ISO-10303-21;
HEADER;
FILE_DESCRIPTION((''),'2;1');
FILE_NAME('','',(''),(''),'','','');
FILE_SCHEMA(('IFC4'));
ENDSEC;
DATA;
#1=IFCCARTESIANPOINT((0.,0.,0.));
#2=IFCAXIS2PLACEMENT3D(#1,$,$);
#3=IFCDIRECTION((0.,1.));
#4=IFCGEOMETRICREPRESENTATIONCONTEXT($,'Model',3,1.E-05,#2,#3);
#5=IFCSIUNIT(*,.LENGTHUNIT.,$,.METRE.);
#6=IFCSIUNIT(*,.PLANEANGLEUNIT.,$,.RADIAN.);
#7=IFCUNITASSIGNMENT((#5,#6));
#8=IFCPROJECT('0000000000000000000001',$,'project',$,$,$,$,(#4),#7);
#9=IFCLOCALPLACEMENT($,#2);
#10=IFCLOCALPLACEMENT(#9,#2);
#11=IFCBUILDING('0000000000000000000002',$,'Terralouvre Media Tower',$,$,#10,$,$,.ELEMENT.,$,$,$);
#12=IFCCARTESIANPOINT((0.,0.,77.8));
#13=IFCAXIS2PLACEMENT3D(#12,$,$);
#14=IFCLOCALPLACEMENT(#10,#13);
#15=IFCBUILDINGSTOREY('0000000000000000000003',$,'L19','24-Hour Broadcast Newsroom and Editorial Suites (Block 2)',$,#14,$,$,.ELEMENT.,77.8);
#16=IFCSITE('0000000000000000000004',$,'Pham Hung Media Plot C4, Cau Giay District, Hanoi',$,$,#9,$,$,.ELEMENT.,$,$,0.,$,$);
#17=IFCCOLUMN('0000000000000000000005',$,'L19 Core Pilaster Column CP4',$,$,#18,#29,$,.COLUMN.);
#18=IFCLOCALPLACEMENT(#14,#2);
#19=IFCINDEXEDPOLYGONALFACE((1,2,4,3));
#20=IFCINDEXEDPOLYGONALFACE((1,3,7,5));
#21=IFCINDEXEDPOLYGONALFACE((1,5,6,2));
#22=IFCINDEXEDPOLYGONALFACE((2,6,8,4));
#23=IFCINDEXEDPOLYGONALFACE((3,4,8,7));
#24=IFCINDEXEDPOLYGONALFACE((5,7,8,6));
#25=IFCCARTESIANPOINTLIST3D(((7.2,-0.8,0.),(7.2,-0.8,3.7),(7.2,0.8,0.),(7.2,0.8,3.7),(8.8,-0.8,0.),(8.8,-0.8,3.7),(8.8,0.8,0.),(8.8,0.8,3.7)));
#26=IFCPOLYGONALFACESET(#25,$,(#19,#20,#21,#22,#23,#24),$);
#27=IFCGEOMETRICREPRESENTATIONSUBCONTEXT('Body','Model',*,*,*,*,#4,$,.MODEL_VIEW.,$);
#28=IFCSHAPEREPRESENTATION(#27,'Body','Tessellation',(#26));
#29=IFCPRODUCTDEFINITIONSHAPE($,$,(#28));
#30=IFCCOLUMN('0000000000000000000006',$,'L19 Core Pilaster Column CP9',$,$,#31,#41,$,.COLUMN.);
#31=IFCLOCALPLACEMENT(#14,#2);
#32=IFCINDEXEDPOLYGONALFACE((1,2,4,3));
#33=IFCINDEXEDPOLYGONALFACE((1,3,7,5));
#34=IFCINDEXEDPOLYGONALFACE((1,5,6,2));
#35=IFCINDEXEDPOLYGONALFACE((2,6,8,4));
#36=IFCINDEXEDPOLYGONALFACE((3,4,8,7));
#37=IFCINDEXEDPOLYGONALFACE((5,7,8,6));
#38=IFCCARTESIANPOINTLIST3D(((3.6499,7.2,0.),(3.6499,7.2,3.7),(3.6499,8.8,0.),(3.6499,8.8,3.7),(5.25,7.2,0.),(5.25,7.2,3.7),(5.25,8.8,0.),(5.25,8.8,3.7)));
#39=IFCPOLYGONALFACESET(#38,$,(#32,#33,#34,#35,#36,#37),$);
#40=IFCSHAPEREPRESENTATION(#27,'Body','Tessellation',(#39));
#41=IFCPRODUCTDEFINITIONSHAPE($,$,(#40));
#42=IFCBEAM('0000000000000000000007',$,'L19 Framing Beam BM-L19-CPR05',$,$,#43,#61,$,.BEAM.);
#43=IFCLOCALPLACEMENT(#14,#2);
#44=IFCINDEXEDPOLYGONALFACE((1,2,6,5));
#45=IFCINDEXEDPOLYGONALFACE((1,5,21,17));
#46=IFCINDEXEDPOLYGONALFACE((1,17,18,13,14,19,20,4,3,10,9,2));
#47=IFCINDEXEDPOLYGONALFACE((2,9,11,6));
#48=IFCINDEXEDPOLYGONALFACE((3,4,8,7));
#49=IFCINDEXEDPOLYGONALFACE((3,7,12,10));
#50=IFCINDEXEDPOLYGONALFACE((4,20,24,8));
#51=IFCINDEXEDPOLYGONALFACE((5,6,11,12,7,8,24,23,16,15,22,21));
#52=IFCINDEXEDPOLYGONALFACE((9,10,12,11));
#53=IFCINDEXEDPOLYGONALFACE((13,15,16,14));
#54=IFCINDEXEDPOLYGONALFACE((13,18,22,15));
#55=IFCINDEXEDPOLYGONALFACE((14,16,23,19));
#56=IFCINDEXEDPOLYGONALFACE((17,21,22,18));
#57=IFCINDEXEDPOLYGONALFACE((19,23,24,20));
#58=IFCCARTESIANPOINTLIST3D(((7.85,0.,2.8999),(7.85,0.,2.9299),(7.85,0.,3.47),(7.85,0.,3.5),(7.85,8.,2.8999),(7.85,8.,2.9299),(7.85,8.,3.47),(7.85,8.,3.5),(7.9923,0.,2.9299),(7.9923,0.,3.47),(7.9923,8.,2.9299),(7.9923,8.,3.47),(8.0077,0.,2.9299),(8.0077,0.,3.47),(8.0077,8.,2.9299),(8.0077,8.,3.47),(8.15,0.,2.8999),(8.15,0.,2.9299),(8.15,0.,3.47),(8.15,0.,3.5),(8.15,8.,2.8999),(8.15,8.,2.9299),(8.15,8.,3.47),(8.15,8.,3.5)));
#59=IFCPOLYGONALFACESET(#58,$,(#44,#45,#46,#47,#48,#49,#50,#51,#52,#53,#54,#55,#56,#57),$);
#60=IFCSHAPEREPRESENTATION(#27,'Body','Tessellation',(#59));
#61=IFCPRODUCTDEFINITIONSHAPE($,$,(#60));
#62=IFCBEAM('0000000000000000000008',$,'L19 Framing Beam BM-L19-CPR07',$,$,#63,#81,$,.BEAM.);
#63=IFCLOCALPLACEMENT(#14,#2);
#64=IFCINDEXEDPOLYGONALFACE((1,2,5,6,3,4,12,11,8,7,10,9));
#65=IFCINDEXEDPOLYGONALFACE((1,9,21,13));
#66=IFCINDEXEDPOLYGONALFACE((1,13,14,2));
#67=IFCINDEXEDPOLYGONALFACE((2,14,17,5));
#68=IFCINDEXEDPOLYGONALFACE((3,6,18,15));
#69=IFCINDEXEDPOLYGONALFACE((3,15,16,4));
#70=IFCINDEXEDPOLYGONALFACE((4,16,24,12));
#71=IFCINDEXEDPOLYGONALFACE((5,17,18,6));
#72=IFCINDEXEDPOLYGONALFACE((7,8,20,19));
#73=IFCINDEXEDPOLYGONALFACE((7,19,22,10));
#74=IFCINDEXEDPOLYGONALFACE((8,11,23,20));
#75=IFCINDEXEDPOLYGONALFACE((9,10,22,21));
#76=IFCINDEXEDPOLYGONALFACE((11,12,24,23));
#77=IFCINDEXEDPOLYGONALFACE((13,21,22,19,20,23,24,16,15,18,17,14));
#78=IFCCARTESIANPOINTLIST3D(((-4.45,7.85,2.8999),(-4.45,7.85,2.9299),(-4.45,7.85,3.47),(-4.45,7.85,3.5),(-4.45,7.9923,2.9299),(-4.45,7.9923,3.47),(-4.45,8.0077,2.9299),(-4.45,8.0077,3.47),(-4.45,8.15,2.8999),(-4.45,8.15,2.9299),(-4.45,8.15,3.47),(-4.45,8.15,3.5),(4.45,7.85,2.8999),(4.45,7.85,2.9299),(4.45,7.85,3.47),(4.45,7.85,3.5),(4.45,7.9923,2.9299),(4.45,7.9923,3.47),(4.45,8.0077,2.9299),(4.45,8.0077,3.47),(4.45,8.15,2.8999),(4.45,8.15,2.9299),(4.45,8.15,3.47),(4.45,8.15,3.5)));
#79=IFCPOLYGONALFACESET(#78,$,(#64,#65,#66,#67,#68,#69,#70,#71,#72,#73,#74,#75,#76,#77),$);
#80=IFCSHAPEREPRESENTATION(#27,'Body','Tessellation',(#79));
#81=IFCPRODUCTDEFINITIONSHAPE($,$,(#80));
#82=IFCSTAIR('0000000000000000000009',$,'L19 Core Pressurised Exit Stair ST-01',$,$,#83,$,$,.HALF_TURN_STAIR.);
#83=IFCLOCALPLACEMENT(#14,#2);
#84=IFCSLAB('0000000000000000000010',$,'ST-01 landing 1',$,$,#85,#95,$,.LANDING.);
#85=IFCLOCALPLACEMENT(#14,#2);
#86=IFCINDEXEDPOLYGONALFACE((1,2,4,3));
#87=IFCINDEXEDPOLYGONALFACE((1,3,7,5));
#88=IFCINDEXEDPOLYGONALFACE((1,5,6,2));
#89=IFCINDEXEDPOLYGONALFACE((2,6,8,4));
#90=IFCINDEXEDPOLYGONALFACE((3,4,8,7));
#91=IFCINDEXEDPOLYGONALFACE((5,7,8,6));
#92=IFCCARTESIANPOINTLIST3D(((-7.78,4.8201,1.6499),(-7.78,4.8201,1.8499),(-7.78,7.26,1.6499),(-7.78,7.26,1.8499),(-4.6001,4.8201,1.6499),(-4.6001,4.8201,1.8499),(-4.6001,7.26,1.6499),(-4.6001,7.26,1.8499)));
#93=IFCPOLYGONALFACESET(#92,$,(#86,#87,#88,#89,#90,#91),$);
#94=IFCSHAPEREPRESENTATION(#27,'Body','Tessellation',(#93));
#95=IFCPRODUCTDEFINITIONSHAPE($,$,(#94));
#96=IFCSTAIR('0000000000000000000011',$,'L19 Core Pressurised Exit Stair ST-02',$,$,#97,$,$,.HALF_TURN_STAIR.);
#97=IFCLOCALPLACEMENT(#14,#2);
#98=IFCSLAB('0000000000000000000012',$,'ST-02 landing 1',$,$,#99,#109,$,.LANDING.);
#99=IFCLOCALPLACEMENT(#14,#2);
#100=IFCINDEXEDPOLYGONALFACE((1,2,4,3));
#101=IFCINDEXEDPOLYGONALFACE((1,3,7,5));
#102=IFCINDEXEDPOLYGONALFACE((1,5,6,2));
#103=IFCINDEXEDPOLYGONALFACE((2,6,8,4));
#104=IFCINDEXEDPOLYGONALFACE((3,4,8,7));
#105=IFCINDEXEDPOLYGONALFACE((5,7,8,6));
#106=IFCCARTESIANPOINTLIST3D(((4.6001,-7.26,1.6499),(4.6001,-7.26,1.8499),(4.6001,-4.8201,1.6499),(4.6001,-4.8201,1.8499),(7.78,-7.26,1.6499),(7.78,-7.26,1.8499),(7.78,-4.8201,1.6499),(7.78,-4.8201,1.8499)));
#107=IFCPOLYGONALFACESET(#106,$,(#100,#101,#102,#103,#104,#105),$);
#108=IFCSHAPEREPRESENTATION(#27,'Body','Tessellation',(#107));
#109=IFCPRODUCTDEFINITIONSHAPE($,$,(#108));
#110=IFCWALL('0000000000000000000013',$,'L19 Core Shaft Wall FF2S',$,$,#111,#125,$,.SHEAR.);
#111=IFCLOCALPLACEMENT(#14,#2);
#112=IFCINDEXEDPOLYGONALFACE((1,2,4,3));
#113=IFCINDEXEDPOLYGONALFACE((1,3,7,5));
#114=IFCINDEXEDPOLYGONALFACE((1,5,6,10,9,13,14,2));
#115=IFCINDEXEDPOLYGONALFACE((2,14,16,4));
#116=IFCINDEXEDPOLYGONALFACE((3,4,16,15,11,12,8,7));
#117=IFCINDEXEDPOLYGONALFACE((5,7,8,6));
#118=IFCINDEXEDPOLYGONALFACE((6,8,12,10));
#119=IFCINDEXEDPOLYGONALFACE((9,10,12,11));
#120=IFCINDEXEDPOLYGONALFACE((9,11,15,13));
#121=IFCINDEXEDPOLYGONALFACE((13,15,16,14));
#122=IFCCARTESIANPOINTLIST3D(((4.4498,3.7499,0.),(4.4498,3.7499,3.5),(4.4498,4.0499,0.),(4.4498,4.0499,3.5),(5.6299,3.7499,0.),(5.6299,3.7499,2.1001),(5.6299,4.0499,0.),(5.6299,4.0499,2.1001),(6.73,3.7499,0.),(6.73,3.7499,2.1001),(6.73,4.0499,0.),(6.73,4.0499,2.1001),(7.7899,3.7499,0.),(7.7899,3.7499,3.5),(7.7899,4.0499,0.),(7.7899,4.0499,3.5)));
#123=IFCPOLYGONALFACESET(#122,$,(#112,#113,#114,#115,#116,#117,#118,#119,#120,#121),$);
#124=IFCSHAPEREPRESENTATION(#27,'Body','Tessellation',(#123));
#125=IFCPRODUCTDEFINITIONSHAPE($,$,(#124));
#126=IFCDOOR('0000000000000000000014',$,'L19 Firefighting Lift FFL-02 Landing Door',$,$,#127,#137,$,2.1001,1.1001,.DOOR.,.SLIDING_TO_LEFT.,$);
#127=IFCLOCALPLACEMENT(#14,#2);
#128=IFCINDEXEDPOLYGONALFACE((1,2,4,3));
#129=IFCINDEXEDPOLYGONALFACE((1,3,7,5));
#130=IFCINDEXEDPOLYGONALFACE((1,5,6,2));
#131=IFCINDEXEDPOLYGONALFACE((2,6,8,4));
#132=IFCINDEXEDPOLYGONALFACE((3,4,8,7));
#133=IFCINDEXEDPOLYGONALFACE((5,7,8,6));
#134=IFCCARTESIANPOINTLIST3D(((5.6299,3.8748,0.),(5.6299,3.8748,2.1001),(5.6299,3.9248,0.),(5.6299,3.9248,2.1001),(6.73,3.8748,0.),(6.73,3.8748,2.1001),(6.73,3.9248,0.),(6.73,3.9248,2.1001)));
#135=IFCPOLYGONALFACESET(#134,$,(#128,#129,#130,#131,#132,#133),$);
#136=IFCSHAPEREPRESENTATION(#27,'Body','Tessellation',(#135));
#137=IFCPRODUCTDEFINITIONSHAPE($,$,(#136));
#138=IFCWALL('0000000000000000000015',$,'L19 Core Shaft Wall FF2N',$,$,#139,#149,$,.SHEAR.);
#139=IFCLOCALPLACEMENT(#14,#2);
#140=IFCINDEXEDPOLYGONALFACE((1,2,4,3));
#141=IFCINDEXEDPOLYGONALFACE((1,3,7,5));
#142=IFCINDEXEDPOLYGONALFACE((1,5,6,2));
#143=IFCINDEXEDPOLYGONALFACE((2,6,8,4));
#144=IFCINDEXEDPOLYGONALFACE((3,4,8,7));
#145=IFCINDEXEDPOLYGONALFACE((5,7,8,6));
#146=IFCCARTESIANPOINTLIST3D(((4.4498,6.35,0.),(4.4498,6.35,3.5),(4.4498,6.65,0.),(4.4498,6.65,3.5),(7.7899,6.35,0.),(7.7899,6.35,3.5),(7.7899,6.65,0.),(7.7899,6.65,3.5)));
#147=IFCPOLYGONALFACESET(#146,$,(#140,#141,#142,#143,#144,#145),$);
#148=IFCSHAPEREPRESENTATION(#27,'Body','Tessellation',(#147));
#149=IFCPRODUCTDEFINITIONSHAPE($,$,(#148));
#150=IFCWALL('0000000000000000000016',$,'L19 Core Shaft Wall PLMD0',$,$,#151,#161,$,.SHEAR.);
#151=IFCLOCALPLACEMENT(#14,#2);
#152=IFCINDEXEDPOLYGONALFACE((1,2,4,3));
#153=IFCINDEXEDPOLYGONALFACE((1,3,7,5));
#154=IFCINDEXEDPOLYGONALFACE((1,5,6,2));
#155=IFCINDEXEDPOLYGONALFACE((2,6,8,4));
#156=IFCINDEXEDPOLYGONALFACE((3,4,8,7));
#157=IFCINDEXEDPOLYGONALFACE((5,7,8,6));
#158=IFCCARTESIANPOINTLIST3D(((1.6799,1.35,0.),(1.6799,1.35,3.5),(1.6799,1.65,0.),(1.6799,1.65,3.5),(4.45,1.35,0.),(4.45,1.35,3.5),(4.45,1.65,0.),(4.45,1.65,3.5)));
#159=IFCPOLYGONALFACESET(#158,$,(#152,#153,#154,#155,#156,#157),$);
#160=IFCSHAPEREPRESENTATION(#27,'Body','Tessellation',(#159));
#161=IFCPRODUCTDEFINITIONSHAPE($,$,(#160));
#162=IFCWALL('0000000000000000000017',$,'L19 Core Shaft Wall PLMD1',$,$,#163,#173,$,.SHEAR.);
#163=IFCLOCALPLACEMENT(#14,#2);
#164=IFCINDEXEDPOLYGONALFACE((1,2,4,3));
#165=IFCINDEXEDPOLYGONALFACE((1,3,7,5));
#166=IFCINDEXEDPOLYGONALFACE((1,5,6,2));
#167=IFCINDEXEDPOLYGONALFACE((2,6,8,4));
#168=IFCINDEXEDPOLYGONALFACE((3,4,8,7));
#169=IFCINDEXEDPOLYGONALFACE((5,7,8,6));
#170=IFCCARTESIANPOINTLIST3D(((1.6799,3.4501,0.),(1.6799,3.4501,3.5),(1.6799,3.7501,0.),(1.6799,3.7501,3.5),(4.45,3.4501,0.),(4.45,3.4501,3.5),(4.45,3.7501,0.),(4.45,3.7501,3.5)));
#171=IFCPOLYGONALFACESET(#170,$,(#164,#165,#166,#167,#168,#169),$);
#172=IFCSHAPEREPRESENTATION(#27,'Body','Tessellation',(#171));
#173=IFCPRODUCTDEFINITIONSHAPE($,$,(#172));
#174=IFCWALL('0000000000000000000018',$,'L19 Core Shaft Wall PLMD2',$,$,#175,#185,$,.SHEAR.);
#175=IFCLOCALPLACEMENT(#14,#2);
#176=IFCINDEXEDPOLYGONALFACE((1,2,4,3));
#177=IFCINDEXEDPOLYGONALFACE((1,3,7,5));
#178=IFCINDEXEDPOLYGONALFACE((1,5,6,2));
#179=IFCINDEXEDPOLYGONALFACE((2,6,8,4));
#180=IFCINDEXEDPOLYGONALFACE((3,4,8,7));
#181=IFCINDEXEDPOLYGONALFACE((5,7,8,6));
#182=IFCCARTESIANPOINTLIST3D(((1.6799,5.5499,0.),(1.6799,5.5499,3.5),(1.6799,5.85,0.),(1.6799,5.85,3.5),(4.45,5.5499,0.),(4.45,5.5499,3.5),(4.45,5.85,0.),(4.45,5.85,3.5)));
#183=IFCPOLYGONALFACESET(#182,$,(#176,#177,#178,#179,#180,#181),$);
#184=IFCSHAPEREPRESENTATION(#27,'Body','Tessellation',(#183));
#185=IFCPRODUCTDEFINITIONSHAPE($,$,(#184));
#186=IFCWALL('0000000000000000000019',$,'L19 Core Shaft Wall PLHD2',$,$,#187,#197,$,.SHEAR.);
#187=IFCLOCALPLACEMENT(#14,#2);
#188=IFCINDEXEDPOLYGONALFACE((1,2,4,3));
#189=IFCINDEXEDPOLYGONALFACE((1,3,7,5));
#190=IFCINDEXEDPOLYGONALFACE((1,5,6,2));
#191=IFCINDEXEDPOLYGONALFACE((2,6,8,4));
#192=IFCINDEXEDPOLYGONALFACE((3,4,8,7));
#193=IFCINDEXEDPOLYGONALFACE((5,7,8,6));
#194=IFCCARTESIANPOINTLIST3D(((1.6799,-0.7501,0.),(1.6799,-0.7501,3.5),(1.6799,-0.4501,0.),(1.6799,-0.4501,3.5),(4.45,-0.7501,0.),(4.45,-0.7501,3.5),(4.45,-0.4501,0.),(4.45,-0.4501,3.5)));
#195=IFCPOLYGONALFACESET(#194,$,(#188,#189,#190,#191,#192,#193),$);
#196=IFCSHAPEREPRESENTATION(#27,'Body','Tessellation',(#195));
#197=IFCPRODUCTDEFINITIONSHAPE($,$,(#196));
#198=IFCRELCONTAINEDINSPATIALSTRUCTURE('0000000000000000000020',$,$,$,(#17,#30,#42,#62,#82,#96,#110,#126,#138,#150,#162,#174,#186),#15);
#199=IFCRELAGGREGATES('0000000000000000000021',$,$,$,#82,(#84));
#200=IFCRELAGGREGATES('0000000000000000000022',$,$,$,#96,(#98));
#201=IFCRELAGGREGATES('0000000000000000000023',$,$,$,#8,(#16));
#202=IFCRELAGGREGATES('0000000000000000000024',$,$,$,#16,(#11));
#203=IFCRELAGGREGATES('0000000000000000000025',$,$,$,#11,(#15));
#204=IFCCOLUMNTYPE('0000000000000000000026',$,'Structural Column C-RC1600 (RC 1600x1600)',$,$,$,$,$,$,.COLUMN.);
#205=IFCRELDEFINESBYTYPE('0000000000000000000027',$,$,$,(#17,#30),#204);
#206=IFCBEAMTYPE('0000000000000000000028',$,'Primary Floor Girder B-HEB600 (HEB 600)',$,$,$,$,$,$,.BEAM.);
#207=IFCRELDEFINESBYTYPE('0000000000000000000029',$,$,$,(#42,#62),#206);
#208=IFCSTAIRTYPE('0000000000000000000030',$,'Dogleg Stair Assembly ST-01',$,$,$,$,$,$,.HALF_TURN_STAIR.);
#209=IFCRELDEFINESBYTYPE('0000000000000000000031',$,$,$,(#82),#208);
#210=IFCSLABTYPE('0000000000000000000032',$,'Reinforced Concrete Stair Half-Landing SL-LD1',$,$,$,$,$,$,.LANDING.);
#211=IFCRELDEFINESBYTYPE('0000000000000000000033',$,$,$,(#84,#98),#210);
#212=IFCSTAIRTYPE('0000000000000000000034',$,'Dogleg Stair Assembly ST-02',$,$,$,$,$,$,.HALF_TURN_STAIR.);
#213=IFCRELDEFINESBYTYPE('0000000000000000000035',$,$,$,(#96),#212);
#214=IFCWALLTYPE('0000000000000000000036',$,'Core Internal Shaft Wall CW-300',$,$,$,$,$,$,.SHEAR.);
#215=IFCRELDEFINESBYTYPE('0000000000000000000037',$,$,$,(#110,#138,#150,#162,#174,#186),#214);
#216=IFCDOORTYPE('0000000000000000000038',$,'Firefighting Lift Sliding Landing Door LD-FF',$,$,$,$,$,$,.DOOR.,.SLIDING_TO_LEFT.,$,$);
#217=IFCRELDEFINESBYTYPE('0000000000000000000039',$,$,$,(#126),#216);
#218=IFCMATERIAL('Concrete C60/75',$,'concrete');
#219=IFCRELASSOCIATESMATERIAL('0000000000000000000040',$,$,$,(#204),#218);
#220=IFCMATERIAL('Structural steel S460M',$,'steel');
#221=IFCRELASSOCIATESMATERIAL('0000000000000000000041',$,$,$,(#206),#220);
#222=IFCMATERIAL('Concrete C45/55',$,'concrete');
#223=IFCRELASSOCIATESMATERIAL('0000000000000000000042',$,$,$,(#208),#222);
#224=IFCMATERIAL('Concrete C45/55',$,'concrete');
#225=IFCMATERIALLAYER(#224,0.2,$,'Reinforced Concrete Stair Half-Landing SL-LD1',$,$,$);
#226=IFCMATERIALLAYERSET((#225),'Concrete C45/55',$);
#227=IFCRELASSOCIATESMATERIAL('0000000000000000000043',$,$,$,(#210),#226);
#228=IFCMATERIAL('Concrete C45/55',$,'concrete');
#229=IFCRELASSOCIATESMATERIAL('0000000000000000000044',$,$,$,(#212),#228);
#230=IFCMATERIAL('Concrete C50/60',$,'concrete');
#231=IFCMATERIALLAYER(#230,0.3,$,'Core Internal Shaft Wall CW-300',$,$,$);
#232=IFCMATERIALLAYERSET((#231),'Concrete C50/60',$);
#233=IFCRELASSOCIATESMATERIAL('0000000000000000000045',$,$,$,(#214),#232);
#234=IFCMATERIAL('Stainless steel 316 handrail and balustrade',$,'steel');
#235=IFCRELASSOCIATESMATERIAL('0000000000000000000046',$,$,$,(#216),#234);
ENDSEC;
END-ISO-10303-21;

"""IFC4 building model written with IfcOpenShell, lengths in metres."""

from ifc_helpers import new_model, si_unit, direction, frame, frame_2d, origin, origin_2d, place, context, subcontext, project, spatial, polyline, rectangle, i_section, outline, extrude, material, layer, layer_set, material_profile, profile_set, type_object, element, fill, aggregate, save


model = new_model("IFC4")

# Units and contexts
model_context = context("Model", 3, precision=1e-05, world=origin(), true_north=direction((0.0, 1.0)))
body_context = subcontext(model_context, "Body", "Model", "MODEL_VIEW")
ifc_project = project(units=[si_unit("LENGTHUNIT", "METRE"), si_unit("PLANEANGLEUNIT", "RADIAN")], contexts=[model_context])

# Site, building, storey
site_placement = place(None, origin())
site = spatial("IfcSite", under=ifc_project, at=site_placement, Name="Pham Hung Media Plot C4, Cau Giay District, Hanoi", CompositionType="ELEMENT", RefElevation=0.0)
building_placement = place(site_placement, origin())
building = spatial("IfcBuilding", under=site, at=building_placement, Name="Terralouvre Media Tower", CompositionType="ELEMENT")
storey_placement = place(building_placement, frame((0.0, 0.0, 77.8)))
storey = spatial("IfcBuildingStorey", under=building, at=storey_placement, Name="L19", Description="24-Hour Broadcast Newsroom and Editorial Suites (Block 2)", CompositionType="ELEMENT", Elevation=77.8)

# Columns
ifc_material_1 = material(Name="Concrete C60/75", Category="concrete")
ifc_material_profile_1 = material_profile(ifc_material_1, rectangle(XDim=1.6001, YDim=1.6001, at=origin_2d()), Name="RC 1600x1600")
ifc_profile_set_1 = profile_set([ifc_material_profile_1], Name="Concrete C60/75")
column_type = type_object("IfcColumnType", Name="Structural Column C-RC1600 (RC 1600x1600)", PredefinedType="COLUMN", material=ifc_profile_set_1)
for number, where, z_axis, x_axis, name in (
    (1, (8.0, 0.0, 0.0), (0.0, 0.0, 1.0), (1.0, 0.0, 0.0), "L19 Core Pilaster Column CP4"),
    (2, (4.45, 8.0, 0.0), (0.0, 0.0, 1.0), (1.0, 0.0, 0.0), "L19 Core Pilaster Column CP9"),
):
    element("IfcColumn", number, at=place(storey_placement, frame(where, z_axis=z_axis, x_axis=x_axis)), inside=storey, type_object=column_type, Name=name, PredefinedType="COLUMN", context=body_context, shape_type="SweptSolid", body=[
        extrude(rectangle(XDim=1.6001, YDim=1.6001, at=origin_2d()), origin(), (0.0, 0.0, 1.0), 3.7),
    ])

# Beams
ifc_material_2 = material(Name="Structural steel S460M", Category="steel")
ifc_material_profile_2 = material_profile(ifc_material_2, i_section(OverallWidth=0.3, OverallDepth=0.6001, WebThickness=0.0154, FlangeThickness=0.03, at=origin_2d()), Name="HEB 600")
ifc_profile_set_2 = profile_set([ifc_material_profile_2], Name="Structural steel S460M")
beam_type = type_object("IfcBeamType", Name="Primary Floor Girder B-HEB600 (HEB 600)", PredefinedType="BEAM", material=ifc_profile_set_2)
beam_1_placement = place(storey_placement, frame((8.0, 0.0, 3.2), z_axis=(0.0, 1.0, 0.0), x_axis=(-1.0, 0.0, 0.0)))
element("IfcBeam", 3, at=beam_1_placement, inside=storey, type_object=beam_type, Name="L19 Framing Beam BM-L19-CPR05", PredefinedType="BEAM", context=body_context, shape_type="SweptSolid", body=[
    extrude(i_section(OverallWidth=0.3, OverallDepth=0.6001, WebThickness=0.0154, FlangeThickness=0.03, at=origin_2d()), origin(), (0.0, 0.0, 1.0), 8.0),
])
beam_2_placement = place(storey_placement, frame((4.45, 8.0, 3.2), z_axis=(-1.0, 0.0, 0.0), x_axis=(0.0, -1.0, 0.0)))
element("IfcBeam", 4, at=beam_2_placement, inside=storey, type_object=beam_type, Name="L19 Framing Beam BM-L19-CPR07", PredefinedType="BEAM", context=body_context, shape_type="SweptSolid", body=[
    extrude(i_section(OverallWidth=0.3, OverallDepth=0.6001, WebThickness=0.0154, FlangeThickness=0.03, at=origin_2d()), origin(), (0.0, 0.0, 1.0), 8.8999),
])

# Stairs, slabs
ifc_material_3 = material(Name="Concrete C45/55", Category="concrete")
stair_type_1 = type_object("IfcStairType", Name="Dogleg Stair Assembly ST-01", PredefinedType="HALF_TURN_STAIR", material=ifc_material_3)
stair_1_placement = place(storey_placement, origin())
stair_1 = element("IfcStair", 5, at=stair_1_placement, inside=storey, type_object=stair_type_1, Name="L19 Core Pressurised Exit Stair ST-01", PredefinedType="HALF_TURN_STAIR")
ifc_material_4 = material(Name="Concrete C45/55", Category="concrete")
ifc_layer_1 = layer(ifc_material_4, 0.2, Name="Reinforced Concrete Stair Half-Landing SL-LD1")
ifc_layer_set_1 = layer_set([ifc_layer_1], Name="Concrete C45/55")
slab_type_1 = type_object("IfcSlabType", Name="Reinforced Concrete Stair Half-Landing SL-LD1", PredefinedType="LANDING", material=ifc_layer_set_1)
slab_1_placement = place(storey_placement, frame((0.0, 0.0, 1.6499)))
slab_1 = element("IfcSlab", 6, at=slab_1_placement, type_object=slab_type_1, Name="ST-01 landing 1", PredefinedType="LANDING", context=body_context, shape_type="SweptSolid", body=[
    extrude(outline(polyline([(-4.6001, 4.8201), (-4.6001, 7.26), (-7.78, 7.26), (-7.78, 4.8201), (-4.6001, 4.8201)])), origin(), (0.0, 0.0, 1.0), 0.2),
])
aggregate(stair_1, [slab_1])
ifc_material_5 = material(Name="Concrete C45/55", Category="concrete")
stair_type_2 = type_object("IfcStairType", Name="Dogleg Stair Assembly ST-02", PredefinedType="HALF_TURN_STAIR", material=ifc_material_5)
stair_2_placement = place(storey_placement, origin())
stair_2 = element("IfcStair", 7, at=stair_2_placement, inside=storey, type_object=stair_type_2, Name="L19 Core Pressurised Exit Stair ST-02", PredefinedType="HALF_TURN_STAIR")
slab_2_placement = place(storey_placement, frame((0.0, 0.0, 1.6499)))
slab_2 = element("IfcSlab", 8, at=slab_2_placement, type_object=slab_type_1, Name="ST-02 landing 1", PredefinedType="LANDING", context=body_context, shape_type="SweptSolid", body=[
    extrude(outline(polyline([(4.6001, -4.8201), (4.6001, -7.26), (7.78, -7.26), (7.78, -4.8201), (4.6001, -4.8201)])), origin(), (0.0, 0.0, 1.0), 0.2),
])
aggregate(stair_2, [slab_2])

# Wall, opening, door
ifc_material_6 = material(Name="Concrete C50/60", Category="concrete")
ifc_layer_2 = layer(ifc_material_6, 0.3, Name="Core Internal Shaft Wall CW-300")
ifc_layer_set_2 = layer_set([ifc_layer_2], Name="Concrete C50/60")
wall_type = type_object("IfcWallType", Name="Core Internal Shaft Wall CW-300", PredefinedType="SHEAR", material=ifc_layer_set_2)
wall_1_placement = place(storey_placement, frame((4.45, 3.8999, 0.0), z_axis=(0.0, 0.0, 1.0), x_axis=(1.0, 0.0, 0.0)))
wall_1 = element("IfcWall", 9, at=wall_1_placement, inside=storey, type_object=wall_type, Name="L19 Core Shaft Wall FF2S", PredefinedType="SHEAR", context=body_context, shape_type="SweptSolid", body=[
    extrude(rectangle(XDim=3.3401, YDim=0.3, at=frame_2d((1.6699, 0.0))), origin(), (0.0, 0.0, 1.0), 3.5),
])
opening_1_placement = place(wall_1_placement, frame((1.1799, 0.0, 0.0)))
opening_1 = element("IfcOpeningElement", 10, at=opening_1_placement, cuts=wall_1, PredefinedType="OPENING", context=body_context, shape_type="SweptSolid", body=[
    extrude(rectangle(XDim=1.1001, YDim=2.1001, at=frame_2d((0.55, 1.05))), frame((0.0, 0.1599, 0.0), z_axis=(0.0, -1.0, 0.0), x_axis=(1.0, 0.0, 0.0)), (0.0, 0.0, 1.0), 0.3201),
])
ifc_material_7 = material(Name="Stainless steel 316 handrail and balustrade", Category="steel")
door_type_1 = type_object("IfcDoorType", Name="Firefighting Lift Sliding Landing Door LD-FF", OperationType="SLIDING_TO_LEFT", PredefinedType="DOOR", material=ifc_material_7)
door_1_placement = place(opening_1_placement, origin())
door_1 = element("IfcDoor", 11, at=door_1_placement, inside=storey, type_object=door_type_1, Name="L19 Firefighting Lift FFL-02 Landing Door", OperationType="SLIDING_TO_LEFT", OverallHeight=2.1001, OverallWidth=1.1001, PredefinedType="DOOR", context=body_context, shape_type="SweptSolid", body=[
    extrude(rectangle(XDim=1.1001, YDim=2.1001, at=frame_2d((0.55, 1.05))), frame((0.0, 0.0249, 0.0), z_axis=(0.0, -1.0, 0.0), x_axis=(1.0, 0.0, 0.0)), (0.0, 0.0, 1.0), 0.05),
])
fill(opening_1, door_1)

# Walls
wall_2_placement = place(storey_placement, frame((4.45, 6.5, 0.0), z_axis=(0.0, 0.0, 1.0), x_axis=(1.0, 0.0, 0.0)))
element("IfcWall", 12, at=wall_2_placement, inside=storey, type_object=wall_type, Name="L19 Core Shaft Wall FF2N", PredefinedType="SHEAR", context=body_context, shape_type="SweptSolid", body=[
    extrude(rectangle(XDim=3.3401, YDim=0.3, at=frame_2d((1.6699, 0.0))), origin(), (0.0, 0.0, 1.0), 3.5),
])
for number, where, z_axis, x_axis, name in (
    (13, (1.6799, 1.5, 0.0), (0.0, 0.0, 1.0), (1.0, 0.0, 0.0), "L19 Core Shaft Wall PLMD0"),
    (14, (1.6799, 3.6001, 0.0), (0.0, 0.0, 1.0), (1.0, 0.0, 0.0), "L19 Core Shaft Wall PLMD1"),
    (15, (1.6799, 5.7, 0.0), (0.0, 0.0, 1.0), (1.0, 0.0, 0.0), "L19 Core Shaft Wall PLMD2"),
    (16, (1.6799, -0.6001, 0.0), (0.0, 0.0, 1.0), (1.0, 0.0, 0.0), "L19 Core Shaft Wall PLHD2"),
):
    element("IfcWall", number, at=place(storey_placement, frame(where, z_axis=z_axis, x_axis=x_axis)), inside=storey, type_object=wall_type, Name=name, PredefinedType="SHEAR", context=body_context, shape_type="SweptSolid", body=[
        extrude(rectangle(XDim=2.77, YDim=0.3, at=frame_2d((1.385, 0.0))), origin(), (0.0, 0.0, 1.0), 3.5),
    ])

save(model, "model.ifc")
